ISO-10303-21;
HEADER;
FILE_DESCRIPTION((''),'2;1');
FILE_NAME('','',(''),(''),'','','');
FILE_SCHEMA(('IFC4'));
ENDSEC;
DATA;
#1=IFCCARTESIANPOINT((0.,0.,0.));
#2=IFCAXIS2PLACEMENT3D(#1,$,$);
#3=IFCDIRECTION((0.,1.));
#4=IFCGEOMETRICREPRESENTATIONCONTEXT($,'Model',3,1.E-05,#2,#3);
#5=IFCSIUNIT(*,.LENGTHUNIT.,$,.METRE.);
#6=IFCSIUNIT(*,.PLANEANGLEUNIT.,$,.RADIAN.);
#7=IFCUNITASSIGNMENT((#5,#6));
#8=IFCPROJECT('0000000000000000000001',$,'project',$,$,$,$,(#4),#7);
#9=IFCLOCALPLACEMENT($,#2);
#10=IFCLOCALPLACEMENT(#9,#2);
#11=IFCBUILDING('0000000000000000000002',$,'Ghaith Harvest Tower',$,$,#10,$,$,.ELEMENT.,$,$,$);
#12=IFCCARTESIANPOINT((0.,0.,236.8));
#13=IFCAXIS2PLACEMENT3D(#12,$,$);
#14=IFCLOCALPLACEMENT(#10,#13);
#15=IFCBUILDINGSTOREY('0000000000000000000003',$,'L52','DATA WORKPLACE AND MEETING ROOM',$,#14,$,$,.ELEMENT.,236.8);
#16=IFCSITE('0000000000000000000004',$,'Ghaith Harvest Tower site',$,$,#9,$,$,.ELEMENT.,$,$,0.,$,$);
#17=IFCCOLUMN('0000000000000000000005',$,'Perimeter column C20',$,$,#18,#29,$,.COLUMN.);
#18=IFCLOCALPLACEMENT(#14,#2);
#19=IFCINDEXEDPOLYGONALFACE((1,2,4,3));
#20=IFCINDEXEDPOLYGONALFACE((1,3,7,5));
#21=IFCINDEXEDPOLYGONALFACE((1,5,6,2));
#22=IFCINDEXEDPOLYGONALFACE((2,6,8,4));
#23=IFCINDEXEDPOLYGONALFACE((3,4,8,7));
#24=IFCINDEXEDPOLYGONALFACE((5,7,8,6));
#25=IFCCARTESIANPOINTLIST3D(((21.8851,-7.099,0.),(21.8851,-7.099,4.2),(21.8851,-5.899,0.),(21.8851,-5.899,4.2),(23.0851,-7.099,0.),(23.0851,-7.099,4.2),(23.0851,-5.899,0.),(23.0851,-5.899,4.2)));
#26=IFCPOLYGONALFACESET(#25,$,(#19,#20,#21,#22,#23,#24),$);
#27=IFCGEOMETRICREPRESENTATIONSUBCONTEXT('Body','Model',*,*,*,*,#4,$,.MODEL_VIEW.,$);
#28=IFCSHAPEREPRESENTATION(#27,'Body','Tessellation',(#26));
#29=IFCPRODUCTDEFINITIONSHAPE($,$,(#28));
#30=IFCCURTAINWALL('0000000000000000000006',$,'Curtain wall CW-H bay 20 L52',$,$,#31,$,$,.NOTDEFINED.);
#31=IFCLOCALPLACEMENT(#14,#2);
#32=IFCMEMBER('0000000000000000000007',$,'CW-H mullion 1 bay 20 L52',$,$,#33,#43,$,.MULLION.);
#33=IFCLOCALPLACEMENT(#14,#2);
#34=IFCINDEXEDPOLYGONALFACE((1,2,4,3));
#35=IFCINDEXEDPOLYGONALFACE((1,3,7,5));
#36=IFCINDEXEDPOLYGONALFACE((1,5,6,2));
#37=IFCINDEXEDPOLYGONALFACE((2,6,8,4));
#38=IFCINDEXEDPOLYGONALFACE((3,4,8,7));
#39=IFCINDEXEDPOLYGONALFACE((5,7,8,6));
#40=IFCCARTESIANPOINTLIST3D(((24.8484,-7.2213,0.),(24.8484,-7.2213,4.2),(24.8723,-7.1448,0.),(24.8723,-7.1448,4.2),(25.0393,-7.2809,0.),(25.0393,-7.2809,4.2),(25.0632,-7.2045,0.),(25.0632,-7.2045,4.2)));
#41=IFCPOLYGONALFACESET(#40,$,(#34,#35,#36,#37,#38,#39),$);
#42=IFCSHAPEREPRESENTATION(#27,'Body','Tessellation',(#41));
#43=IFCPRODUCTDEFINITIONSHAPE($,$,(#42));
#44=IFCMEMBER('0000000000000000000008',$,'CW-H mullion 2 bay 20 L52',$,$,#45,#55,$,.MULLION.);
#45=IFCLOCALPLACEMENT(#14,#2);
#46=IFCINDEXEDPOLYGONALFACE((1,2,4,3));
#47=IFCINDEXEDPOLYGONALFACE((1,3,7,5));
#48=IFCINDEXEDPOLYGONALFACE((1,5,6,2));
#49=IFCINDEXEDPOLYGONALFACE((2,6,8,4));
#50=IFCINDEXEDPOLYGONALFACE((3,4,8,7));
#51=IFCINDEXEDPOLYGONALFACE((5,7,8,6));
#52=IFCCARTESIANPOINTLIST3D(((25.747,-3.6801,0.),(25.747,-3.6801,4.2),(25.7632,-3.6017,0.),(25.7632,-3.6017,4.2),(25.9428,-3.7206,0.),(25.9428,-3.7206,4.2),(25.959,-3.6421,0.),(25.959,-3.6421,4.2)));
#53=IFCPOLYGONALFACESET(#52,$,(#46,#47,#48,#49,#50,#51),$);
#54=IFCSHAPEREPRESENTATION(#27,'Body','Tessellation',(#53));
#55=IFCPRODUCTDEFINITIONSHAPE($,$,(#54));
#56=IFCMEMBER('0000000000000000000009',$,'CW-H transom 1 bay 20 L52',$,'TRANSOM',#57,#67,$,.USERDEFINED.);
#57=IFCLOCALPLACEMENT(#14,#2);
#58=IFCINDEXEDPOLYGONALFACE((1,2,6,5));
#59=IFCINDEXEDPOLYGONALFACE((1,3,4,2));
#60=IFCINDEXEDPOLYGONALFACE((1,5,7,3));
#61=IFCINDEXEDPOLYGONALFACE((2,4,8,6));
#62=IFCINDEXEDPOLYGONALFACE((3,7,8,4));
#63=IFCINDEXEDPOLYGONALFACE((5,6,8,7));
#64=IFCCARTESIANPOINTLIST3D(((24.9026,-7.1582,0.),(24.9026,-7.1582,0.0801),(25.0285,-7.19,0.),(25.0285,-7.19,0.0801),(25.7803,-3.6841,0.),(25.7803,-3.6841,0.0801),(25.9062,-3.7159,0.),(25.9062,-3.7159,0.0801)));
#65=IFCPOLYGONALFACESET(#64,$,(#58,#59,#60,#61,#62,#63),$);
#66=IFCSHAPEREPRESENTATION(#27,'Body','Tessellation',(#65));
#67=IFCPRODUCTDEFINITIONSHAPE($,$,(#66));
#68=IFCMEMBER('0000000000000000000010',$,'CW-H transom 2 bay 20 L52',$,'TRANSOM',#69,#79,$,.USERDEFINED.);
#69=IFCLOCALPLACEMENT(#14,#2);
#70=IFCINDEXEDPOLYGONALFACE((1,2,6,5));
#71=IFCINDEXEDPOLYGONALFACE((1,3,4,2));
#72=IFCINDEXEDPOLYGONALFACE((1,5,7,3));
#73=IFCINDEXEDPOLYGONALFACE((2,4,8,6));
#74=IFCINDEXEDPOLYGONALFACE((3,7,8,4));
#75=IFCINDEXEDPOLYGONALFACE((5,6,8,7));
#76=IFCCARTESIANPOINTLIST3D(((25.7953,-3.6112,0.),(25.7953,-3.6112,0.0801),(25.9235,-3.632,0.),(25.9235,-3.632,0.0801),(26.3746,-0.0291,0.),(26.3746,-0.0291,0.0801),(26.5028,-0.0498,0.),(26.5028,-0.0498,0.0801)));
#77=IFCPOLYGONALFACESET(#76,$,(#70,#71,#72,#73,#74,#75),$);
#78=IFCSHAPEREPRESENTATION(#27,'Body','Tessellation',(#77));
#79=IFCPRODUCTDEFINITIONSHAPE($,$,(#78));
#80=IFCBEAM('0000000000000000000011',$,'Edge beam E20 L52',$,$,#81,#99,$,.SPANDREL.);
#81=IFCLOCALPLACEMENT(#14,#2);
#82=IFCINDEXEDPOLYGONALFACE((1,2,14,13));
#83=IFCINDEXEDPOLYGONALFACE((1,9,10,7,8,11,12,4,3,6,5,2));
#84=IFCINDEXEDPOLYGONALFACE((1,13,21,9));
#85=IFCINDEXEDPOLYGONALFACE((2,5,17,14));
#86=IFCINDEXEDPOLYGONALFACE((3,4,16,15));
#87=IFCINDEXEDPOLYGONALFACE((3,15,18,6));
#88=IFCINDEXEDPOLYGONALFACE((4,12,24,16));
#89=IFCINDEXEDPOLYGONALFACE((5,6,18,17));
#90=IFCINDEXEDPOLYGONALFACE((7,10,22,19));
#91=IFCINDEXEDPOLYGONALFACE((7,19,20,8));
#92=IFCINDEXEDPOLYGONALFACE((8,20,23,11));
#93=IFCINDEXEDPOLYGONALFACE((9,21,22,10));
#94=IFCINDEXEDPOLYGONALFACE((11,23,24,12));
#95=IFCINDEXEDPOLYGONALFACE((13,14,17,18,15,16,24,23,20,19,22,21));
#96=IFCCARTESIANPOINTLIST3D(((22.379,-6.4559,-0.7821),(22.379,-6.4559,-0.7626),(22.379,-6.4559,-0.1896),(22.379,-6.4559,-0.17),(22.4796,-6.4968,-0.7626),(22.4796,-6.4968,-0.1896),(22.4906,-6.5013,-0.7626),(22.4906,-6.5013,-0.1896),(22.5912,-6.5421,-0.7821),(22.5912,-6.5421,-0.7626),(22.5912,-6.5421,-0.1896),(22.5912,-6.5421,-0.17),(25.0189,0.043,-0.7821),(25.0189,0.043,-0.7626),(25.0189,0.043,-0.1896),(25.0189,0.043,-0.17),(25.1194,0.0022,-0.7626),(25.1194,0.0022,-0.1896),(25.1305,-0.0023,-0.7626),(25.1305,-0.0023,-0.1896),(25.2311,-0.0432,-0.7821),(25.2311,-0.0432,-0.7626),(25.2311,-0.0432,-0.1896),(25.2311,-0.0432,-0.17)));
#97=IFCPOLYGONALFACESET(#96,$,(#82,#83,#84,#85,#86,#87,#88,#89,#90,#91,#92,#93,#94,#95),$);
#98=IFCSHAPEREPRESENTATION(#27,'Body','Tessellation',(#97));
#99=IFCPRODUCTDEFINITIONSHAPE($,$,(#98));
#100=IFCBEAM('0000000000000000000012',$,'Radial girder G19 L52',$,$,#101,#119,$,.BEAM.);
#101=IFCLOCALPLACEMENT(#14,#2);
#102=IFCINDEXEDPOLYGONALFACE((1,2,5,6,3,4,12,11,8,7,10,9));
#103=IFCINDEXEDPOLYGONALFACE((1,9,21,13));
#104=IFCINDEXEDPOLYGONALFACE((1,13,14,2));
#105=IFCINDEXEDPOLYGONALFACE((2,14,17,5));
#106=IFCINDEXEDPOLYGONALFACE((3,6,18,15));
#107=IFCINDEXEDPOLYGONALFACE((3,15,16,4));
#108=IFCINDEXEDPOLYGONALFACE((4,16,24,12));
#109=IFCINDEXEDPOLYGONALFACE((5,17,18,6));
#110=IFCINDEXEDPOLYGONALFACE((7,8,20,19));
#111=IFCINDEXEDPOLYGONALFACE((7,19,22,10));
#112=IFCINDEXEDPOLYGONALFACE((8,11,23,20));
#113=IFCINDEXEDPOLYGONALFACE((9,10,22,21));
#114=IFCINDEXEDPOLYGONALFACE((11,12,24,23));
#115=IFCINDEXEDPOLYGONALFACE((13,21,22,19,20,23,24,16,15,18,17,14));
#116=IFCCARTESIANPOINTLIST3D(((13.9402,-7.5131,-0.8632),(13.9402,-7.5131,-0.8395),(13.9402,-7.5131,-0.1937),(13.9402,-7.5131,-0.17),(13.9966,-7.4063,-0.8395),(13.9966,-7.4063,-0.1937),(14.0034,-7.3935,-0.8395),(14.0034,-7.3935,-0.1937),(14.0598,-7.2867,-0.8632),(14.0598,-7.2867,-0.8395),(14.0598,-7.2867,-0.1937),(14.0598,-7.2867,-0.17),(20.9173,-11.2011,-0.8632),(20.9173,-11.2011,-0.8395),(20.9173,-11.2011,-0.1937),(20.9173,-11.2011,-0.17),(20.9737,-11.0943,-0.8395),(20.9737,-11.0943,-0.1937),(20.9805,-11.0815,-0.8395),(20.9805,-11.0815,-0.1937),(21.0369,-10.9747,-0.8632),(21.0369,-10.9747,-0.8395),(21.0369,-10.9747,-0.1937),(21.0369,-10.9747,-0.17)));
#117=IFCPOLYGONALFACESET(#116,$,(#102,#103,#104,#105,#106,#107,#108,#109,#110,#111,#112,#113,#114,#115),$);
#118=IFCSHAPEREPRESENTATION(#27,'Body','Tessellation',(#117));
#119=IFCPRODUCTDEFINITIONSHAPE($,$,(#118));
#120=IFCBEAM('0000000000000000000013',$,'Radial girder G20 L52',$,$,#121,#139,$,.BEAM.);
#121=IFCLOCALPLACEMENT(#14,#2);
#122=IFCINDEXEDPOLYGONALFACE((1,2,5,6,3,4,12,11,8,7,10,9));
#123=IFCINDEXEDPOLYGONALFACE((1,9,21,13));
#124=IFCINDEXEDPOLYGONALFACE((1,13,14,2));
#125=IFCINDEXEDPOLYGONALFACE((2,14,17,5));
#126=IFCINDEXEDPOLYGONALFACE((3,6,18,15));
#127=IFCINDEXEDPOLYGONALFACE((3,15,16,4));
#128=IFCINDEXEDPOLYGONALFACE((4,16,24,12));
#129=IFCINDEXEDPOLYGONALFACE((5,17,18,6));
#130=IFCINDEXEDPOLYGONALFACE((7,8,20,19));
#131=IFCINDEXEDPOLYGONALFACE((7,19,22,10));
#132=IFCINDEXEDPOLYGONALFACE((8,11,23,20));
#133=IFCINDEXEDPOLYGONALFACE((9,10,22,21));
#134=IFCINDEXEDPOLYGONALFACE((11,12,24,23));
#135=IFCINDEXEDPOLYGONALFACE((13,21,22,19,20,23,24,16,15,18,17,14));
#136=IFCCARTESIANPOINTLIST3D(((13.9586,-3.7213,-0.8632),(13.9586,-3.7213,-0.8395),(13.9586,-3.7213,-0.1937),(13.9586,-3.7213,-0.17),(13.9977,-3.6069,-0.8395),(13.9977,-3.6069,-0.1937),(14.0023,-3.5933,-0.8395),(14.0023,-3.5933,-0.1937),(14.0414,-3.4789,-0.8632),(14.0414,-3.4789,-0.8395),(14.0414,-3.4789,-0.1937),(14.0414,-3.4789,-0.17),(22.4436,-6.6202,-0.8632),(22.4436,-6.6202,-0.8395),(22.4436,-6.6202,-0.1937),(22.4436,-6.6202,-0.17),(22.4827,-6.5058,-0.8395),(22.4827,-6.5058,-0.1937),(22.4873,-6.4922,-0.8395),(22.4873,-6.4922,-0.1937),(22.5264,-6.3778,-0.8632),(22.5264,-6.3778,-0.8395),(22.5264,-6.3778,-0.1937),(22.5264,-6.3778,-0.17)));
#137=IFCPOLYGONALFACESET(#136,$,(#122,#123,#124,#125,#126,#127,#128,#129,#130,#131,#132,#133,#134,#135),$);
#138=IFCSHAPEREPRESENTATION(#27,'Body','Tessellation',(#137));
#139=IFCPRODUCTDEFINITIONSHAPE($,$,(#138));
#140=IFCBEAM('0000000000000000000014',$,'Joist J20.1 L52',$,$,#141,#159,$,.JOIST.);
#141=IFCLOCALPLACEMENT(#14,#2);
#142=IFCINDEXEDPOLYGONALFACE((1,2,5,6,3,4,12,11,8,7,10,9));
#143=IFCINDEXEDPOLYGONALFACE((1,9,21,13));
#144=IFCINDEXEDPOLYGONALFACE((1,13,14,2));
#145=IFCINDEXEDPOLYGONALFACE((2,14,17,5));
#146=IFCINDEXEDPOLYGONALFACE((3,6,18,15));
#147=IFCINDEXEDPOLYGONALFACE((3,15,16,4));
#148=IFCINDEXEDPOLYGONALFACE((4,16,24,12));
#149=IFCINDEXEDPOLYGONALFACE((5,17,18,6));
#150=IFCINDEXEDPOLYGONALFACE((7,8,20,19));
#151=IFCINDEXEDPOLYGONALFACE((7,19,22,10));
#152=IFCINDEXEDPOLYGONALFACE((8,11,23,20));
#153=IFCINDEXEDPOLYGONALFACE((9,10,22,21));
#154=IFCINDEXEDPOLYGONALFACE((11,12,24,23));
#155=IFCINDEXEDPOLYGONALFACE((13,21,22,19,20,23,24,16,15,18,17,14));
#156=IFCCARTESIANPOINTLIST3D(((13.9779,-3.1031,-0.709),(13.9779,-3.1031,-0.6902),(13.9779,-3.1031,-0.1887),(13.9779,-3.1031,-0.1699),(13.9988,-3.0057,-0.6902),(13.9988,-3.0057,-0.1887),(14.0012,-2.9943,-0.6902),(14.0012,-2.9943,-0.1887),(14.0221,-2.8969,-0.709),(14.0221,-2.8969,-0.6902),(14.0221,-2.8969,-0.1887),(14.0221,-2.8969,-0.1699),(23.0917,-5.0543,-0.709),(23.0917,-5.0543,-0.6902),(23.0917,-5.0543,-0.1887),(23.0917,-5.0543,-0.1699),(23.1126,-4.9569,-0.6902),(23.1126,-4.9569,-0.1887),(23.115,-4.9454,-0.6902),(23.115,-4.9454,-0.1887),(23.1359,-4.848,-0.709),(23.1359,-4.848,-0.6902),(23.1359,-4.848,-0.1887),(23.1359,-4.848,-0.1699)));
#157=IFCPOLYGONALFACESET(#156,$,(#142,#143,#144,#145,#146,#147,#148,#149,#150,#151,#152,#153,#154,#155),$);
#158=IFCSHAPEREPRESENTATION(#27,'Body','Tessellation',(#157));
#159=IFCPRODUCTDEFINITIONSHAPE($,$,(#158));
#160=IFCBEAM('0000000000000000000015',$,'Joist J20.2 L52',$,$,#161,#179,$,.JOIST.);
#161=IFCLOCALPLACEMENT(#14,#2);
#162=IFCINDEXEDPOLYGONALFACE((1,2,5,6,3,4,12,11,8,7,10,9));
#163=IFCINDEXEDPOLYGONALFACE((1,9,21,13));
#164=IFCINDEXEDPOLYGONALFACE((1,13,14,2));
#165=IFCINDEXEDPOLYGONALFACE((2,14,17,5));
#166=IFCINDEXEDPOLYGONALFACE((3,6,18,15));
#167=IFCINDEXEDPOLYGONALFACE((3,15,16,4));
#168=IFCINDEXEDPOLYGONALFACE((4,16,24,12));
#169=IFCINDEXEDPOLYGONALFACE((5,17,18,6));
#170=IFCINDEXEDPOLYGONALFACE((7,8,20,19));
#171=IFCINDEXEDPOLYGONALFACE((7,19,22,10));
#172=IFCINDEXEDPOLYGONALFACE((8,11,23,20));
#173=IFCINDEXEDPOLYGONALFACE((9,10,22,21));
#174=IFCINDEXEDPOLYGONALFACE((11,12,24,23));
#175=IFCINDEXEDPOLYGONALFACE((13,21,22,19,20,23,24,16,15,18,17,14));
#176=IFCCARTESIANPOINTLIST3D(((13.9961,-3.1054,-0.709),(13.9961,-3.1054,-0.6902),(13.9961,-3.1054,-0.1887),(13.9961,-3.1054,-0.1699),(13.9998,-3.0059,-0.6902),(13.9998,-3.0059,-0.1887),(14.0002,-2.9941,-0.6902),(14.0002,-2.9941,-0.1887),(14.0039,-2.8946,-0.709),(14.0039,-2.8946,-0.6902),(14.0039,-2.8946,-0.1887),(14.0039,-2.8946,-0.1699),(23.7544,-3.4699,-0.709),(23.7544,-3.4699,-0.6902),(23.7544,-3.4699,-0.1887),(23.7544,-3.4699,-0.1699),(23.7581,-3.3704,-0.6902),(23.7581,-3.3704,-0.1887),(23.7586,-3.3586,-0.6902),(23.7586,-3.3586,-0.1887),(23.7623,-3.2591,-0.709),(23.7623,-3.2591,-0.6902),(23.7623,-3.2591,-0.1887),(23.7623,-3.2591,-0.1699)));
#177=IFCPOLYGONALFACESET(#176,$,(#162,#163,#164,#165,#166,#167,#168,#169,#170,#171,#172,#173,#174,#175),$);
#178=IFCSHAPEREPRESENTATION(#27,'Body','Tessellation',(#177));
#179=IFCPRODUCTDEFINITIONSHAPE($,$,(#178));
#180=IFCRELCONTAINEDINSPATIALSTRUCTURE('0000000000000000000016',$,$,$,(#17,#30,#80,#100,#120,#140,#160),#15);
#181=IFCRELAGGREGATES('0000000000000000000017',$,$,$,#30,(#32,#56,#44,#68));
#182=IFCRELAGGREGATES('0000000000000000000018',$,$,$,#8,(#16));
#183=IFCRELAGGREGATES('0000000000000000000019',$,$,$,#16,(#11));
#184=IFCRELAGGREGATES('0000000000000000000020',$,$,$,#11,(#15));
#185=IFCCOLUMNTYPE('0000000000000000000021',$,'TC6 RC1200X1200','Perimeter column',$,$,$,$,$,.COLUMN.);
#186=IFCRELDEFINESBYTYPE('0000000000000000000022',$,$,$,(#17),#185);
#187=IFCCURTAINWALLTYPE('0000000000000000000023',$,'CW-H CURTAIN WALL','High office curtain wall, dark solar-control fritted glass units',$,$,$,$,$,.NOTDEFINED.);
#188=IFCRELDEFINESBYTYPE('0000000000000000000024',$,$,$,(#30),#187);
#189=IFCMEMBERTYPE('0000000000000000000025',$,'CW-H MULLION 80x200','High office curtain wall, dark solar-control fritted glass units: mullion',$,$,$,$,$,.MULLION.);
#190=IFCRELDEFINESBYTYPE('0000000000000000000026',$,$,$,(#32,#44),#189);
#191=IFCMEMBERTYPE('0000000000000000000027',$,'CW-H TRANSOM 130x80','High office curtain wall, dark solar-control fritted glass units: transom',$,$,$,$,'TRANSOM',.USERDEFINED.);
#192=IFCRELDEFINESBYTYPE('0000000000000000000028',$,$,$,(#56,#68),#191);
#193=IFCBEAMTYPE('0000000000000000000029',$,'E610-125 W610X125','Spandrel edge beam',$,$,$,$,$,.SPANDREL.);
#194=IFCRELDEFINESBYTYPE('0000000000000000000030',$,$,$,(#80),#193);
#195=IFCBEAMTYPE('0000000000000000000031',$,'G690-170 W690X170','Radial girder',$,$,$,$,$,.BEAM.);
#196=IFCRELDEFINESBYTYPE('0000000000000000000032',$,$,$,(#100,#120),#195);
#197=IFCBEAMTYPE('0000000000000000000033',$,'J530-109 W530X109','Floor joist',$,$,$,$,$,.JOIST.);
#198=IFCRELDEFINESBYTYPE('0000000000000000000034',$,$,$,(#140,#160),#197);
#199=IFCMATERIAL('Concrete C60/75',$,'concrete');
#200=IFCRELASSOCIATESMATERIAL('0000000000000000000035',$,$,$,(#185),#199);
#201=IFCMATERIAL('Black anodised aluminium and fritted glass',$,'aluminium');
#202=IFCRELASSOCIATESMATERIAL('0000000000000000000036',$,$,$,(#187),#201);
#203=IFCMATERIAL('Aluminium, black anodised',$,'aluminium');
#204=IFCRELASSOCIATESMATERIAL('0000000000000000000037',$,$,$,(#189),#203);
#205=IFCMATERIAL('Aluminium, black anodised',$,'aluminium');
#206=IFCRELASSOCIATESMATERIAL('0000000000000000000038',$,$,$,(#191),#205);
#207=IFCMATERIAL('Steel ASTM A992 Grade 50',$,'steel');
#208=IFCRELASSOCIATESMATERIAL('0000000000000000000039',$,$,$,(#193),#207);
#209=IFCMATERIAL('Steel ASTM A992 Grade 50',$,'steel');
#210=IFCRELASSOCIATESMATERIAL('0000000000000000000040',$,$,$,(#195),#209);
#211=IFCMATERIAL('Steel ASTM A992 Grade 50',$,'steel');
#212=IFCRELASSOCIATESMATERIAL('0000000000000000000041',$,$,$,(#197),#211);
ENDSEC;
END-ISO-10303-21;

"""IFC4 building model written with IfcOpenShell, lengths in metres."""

from ifc_helpers import new_model, si_unit, direction, frame, origin, origin_2d, place, context, subcontext, project, spatial, rectangle, i_section, extrude, material, material_profile, profile_set, type_object, element, aggregate, save


model = new_model("IFC4")

# Units and contexts
model_context = context("Model", 3, precision=1e-05, world=origin(), true_north=direction((0.0, 1.0)))
body_context = subcontext(model_context, "Body", "Model", "MODEL_VIEW")
ifc_project = project(units=[si_unit("LENGTHUNIT", "METRE"), si_unit("PLANEANGLEUNIT", "RADIAN")], contexts=[model_context])

# Site, building, storey
site_placement = place(None, origin())
site = spatial("IfcSite", under=ifc_project, at=site_placement, Name="Ghaith Harvest Tower site", CompositionType="ELEMENT", RefElevation=0.0)
building_placement = place(site_placement, origin())
building = spatial("IfcBuilding", under=site, at=building_placement, Name="Ghaith Harvest Tower", CompositionType="ELEMENT")
storey_placement = place(building_placement, frame((0.0, 0.0, 236.8)))
storey = spatial("IfcBuildingStorey", under=building, at=storey_placement, Name="L52", Description="DATA WORKPLACE AND MEETING ROOM", CompositionType="ELEMENT", Elevation=236.8)

# Column
ifc_material_1 = material(Name="Concrete C60/75", Category="concrete")
ifc_material_profile_1 = material_profile(ifc_material_1, rectangle(XDim=1.2, YDim=1.2, at=origin_2d()), Name="RC1200X1200")
ifc_profile_set_1 = profile_set([ifc_material_profile_1], Name="Concrete C60/75")
column_type = type_object("IfcColumnType", Name="TC6 RC1200X1200", Description="Perimeter column", PredefinedType="COLUMN", material=ifc_profile_set_1)
column_placement = place(storey_placement, frame((22.4851, -6.499, 0.0), z_axis=(0.0, 0.0, 1.0), x_axis=(1.0, 0.0, 0.0)))
element("IfcColumn", 1, at=column_placement, inside=storey, type_object=column_type, Name="Perimeter column C20", PredefinedType="COLUMN", context=body_context, shape_type="SweptSolid", body=[
    extrude(rectangle(XDim=1.2, YDim=1.2, at=origin_2d()), origin(), (0.0, 0.0, 1.0), 4.2),
])

# Curtain wall, members
ifc_material_2 = material(Name="Black anodised aluminium and fritted glass", Category="aluminium")
curtain_wall_type = type_object("IfcCurtainWallType", Name="CW-H CURTAIN WALL", Description="High office curtain wall, dark solar-control fritted glass units", PredefinedType="NOTDEFINED", material=ifc_material_2)
curtain_wall_placement = place(storey_placement, origin())
curtain_wall = element("IfcCurtainWall", 2, at=curtain_wall_placement, inside=storey, type_object=curtain_wall_type, Name="Curtain wall CW-H bay 20 L52", PredefinedType="NOTDEFINED")
ifc_material_3 = material(Name="Aluminium, black anodised", Category="aluminium")
ifc_material_profile_2 = material_profile(ifc_material_3, rectangle(XDim=0.0801, YDim=0.2, at=origin_2d()), Name="CW-H MULLION 80x200")
ifc_profile_set_2 = profile_set([ifc_material_profile_2], Name="Aluminium, black anodised")
member_type_1 = type_object("IfcMemberType", Name="CW-H MULLION 80x200", Description="High office curtain wall, dark solar-control fritted glass units: mullion", PredefinedType="MULLION", material=ifc_profile_set_2)
member_1_placement = place(storey_placement, frame((24.9558, -7.2129, 0.0), z_axis=(0.0, 0.0, 1.0), x_axis=(0.298442, 0.954428, 0.0)))
member_1 = element("IfcMember", 3, at=member_1_placement, type_object=member_type_1, Name="CW-H mullion 1 bay 20 L52", PredefinedType="MULLION", context=body_context, shape_type="SweptSolid", body=[
    extrude(rectangle(XDim=0.0801, YDim=0.2, at=origin_2d()), origin(), (0.0, 0.0, 1.0), 4.2),
])
member_2_placement = place(storey_placement, frame((25.853, -3.6611, 0.0), z_axis=(0.0, 0.0, 1.0), x_axis=(0.202192, 0.979346, 0.0)))
member_2 = element("IfcMember", 4, at=member_2_placement, type_object=member_type_1, Name="CW-H mullion 2 bay 20 L52", PredefinedType="MULLION", context=body_context, shape_type="SweptSolid", body=[
    extrude(rectangle(XDim=0.0801, YDim=0.2, at=origin_2d()), origin(), (0.0, 0.0, 1.0), 4.2),
])
ifc_material_4 = material(Name="Aluminium, black anodised", Category="aluminium")
ifc_material_profile_3 = material_profile(ifc_material_4, rectangle(XDim=0.1299, YDim=0.0801, at=origin_2d()), Name="CW-H TRANSOM 130x80")
ifc_profile_set_3 = profile_set([ifc_material_profile_3], Name="Aluminium, black anodised")
member_type_2 = type_object("IfcMemberType", Name="CW-H TRANSOM 130x80", Description="High office curtain wall, dark solar-control fritted glass units: transom", ElementType="TRANSOM", PredefinedType="USERDEFINED", material=ifc_profile_set_3)
member_3_placement = place(storey_placement, frame((24.9656, -7.1741, 0.04), z_axis=(0.24494, 0.969538, 0.0), x_axis=(-0.969538, 0.24494, 0.0)))
member_3 = element("IfcMember", 5, at=member_3_placement, type_object=member_type_2, Name="CW-H transom 1 bay 20 L52", ObjectType="TRANSOM", PredefinedType="USERDEFINED", context=body_context, shape_type="SweptSolid", body=[
    extrude(rectangle(XDim=0.1299, YDim=0.0801, at=origin_2d()), origin(), (0.0, 0.0, 1.0), 3.5833),
])
member_4_placement = place(storey_placement, frame((25.8594, -3.6216, 0.04), z_axis=(0.159662, 0.987172, 0.0), x_axis=(-0.987172, 0.159662, 0.0)))
member_4 = element("IfcMember", 6, at=member_4_placement, type_object=member_type_2, Name="CW-H transom 2 bay 20 L52", ObjectType="TRANSOM", PredefinedType="USERDEFINED", context=body_context, shape_type="SweptSolid", body=[
    extrude(rectangle(XDim=0.1299, YDim=0.0801, at=origin_2d()), origin(), (0.0, 0.0, 1.0), 3.6287),
])

# Beams
ifc_material_5 = material(Name="Steel ASTM A992 Grade 50", Category="steel")
ifc_material_profile_4 = material_profile(ifc_material_5, i_section(OverallWidth=0.229, OverallDepth=0.6121, WebThickness=0.012, FlangeThickness=0.0195, at=origin_2d()), Name="W610X125")
ifc_profile_set_4 = profile_set([ifc_material_profile_4], Name="Steel ASTM A992 Grade 50")
beam_type_1 = type_object("IfcBeamType", Name="E610-125 W610X125", Description="Spandrel edge beam", PredefinedType="SPANDREL", material=ifc_profile_set_4)
beam_1_placement = place(storey_placement, frame((22.4851, -6.499, -0.4761), z_axis=(0.376336, 0.926483, 0.0), x_axis=(-0.926483, 0.376336, 0.0)))
element("IfcBeam", 7, at=beam_1_placement, inside=storey, type_object=beam_type_1, Name="Edge beam E20 L52", PredefinedType="SPANDREL", context=body_context, shape_type="SweptSolid", body=[
    extrude(i_section(OverallWidth=0.229, OverallDepth=0.6121, WebThickness=0.012, FlangeThickness=0.0195, at=origin_2d()), origin(), (0.0, 0.0, 1.0), 7.0146),
])
ifc_material_6 = material(Name="Steel ASTM A992 Grade 50", Category="steel")
ifc_material_profile_5 = material_profile(ifc_material_6, i_section(OverallWidth=0.2561, OverallDepth=0.6931, WebThickness=0.0144, FlangeThickness=0.0237, at=origin_2d()), Name="W690X170")
ifc_profile_set_5 = profile_set([ifc_material_profile_5], Name="Steel ASTM A992 Grade 50")
beam_type_2 = type_object("IfcBeamType", Name="G690-170 W690X170", Description="Radial girder", PredefinedType="BEAM", material=ifc_profile_set_5)
beam_2_placement = place(storey_placement, frame((14.0, -7.3999, -0.5166), z_axis=(0.884089, -0.467319, 0.0), x_axis=(0.467319, 0.884089, 0.0)))
element("IfcBeam", 8, at=beam_2_placement, inside=storey, type_object=beam_type_2, Name="Radial girder G19 L52", PredefinedType="BEAM", context=body_context, shape_type="SweptSolid", body=[
    extrude(i_section(OverallWidth=0.2561, OverallDepth=0.6931, WebThickness=0.0144, FlangeThickness=0.0237, at=origin_2d()), origin(), (0.0, 0.0, 1.0), 7.8918),
])
beam_3_placement = place(storey_placement, frame((14.0, -3.6001, -0.5166), z_axis=(0.946296, -0.323301, 0.0), x_axis=(0.323301, 0.946296, 0.0)))
element("IfcBeam", 9, at=beam_3_placement, inside=storey, type_object=beam_type_2, Name="Radial girder G20 L52", PredefinedType="BEAM", context=body_context, shape_type="SweptSolid", body=[
    extrude(i_section(OverallWidth=0.2561, OverallDepth=0.6931, WebThickness=0.0144, FlangeThickness=0.0237, at=origin_2d()), origin(), (0.0, 0.0, 1.0), 8.9666),
])
ifc_material_7 = material(Name="Steel ASTM A992 Grade 50", Category="steel")
ifc_material_profile_6 = material_profile(ifc_material_7, i_section(OverallWidth=0.2109, OverallDepth=0.5391, WebThickness=0.0117, FlangeThickness=0.0188, at=origin_2d()), Name="W530X109")
ifc_profile_set_6 = profile_set([ifc_material_profile_6], Name="Steel ASTM A992 Grade 50")
beam_type_3 = type_object("IfcBeamType", Name="J530-109 W530X109", Description="Floor joist", PredefinedType="JOIST", material=ifc_profile_set_6)
beam_4_placement = place(storey_placement, frame((14.0, -3.0, -0.4395), z_axis=(0.977841, -0.209347, 0.0), x_axis=(0.209347, 0.977841, 0.0)))
element("IfcBeam", 10, at=beam_4_placement, inside=storey, type_object=beam_type_3, Name="Joist J20.1 L52", PredefinedType="JOIST", context=body_context, shape_type="SweptSolid", body=[
    extrude(i_section(OverallWidth=0.2109, OverallDepth=0.5391, WebThickness=0.0117, FlangeThickness=0.0188, at=origin_2d()), origin(), (0.0, 0.0, 1.0), 9.3203),
])
beam_5_placement = place(storey_placement, frame((14.0, -3.0, -0.4395), z_axis=(0.999303, -0.037327, 0.0), x_axis=(0.037327, 0.999303, 0.0)))
element("IfcBeam", 11, at=beam_5_placement, inside=storey, type_object=beam_type_3, Name="Joist J20.2 L52", PredefinedType="JOIST", context=body_context, shape_type="SweptSolid", body=[
    extrude(i_section(OverallWidth=0.2109, OverallDepth=0.5391, WebThickness=0.0117, FlangeThickness=0.0188, at=origin_2d()), origin(), (0.0, 0.0, 1.0), 9.7651),
])

aggregate(curtain_wall, [member_1, member_3, member_2, member_4])

save(model, "model.ifc")
